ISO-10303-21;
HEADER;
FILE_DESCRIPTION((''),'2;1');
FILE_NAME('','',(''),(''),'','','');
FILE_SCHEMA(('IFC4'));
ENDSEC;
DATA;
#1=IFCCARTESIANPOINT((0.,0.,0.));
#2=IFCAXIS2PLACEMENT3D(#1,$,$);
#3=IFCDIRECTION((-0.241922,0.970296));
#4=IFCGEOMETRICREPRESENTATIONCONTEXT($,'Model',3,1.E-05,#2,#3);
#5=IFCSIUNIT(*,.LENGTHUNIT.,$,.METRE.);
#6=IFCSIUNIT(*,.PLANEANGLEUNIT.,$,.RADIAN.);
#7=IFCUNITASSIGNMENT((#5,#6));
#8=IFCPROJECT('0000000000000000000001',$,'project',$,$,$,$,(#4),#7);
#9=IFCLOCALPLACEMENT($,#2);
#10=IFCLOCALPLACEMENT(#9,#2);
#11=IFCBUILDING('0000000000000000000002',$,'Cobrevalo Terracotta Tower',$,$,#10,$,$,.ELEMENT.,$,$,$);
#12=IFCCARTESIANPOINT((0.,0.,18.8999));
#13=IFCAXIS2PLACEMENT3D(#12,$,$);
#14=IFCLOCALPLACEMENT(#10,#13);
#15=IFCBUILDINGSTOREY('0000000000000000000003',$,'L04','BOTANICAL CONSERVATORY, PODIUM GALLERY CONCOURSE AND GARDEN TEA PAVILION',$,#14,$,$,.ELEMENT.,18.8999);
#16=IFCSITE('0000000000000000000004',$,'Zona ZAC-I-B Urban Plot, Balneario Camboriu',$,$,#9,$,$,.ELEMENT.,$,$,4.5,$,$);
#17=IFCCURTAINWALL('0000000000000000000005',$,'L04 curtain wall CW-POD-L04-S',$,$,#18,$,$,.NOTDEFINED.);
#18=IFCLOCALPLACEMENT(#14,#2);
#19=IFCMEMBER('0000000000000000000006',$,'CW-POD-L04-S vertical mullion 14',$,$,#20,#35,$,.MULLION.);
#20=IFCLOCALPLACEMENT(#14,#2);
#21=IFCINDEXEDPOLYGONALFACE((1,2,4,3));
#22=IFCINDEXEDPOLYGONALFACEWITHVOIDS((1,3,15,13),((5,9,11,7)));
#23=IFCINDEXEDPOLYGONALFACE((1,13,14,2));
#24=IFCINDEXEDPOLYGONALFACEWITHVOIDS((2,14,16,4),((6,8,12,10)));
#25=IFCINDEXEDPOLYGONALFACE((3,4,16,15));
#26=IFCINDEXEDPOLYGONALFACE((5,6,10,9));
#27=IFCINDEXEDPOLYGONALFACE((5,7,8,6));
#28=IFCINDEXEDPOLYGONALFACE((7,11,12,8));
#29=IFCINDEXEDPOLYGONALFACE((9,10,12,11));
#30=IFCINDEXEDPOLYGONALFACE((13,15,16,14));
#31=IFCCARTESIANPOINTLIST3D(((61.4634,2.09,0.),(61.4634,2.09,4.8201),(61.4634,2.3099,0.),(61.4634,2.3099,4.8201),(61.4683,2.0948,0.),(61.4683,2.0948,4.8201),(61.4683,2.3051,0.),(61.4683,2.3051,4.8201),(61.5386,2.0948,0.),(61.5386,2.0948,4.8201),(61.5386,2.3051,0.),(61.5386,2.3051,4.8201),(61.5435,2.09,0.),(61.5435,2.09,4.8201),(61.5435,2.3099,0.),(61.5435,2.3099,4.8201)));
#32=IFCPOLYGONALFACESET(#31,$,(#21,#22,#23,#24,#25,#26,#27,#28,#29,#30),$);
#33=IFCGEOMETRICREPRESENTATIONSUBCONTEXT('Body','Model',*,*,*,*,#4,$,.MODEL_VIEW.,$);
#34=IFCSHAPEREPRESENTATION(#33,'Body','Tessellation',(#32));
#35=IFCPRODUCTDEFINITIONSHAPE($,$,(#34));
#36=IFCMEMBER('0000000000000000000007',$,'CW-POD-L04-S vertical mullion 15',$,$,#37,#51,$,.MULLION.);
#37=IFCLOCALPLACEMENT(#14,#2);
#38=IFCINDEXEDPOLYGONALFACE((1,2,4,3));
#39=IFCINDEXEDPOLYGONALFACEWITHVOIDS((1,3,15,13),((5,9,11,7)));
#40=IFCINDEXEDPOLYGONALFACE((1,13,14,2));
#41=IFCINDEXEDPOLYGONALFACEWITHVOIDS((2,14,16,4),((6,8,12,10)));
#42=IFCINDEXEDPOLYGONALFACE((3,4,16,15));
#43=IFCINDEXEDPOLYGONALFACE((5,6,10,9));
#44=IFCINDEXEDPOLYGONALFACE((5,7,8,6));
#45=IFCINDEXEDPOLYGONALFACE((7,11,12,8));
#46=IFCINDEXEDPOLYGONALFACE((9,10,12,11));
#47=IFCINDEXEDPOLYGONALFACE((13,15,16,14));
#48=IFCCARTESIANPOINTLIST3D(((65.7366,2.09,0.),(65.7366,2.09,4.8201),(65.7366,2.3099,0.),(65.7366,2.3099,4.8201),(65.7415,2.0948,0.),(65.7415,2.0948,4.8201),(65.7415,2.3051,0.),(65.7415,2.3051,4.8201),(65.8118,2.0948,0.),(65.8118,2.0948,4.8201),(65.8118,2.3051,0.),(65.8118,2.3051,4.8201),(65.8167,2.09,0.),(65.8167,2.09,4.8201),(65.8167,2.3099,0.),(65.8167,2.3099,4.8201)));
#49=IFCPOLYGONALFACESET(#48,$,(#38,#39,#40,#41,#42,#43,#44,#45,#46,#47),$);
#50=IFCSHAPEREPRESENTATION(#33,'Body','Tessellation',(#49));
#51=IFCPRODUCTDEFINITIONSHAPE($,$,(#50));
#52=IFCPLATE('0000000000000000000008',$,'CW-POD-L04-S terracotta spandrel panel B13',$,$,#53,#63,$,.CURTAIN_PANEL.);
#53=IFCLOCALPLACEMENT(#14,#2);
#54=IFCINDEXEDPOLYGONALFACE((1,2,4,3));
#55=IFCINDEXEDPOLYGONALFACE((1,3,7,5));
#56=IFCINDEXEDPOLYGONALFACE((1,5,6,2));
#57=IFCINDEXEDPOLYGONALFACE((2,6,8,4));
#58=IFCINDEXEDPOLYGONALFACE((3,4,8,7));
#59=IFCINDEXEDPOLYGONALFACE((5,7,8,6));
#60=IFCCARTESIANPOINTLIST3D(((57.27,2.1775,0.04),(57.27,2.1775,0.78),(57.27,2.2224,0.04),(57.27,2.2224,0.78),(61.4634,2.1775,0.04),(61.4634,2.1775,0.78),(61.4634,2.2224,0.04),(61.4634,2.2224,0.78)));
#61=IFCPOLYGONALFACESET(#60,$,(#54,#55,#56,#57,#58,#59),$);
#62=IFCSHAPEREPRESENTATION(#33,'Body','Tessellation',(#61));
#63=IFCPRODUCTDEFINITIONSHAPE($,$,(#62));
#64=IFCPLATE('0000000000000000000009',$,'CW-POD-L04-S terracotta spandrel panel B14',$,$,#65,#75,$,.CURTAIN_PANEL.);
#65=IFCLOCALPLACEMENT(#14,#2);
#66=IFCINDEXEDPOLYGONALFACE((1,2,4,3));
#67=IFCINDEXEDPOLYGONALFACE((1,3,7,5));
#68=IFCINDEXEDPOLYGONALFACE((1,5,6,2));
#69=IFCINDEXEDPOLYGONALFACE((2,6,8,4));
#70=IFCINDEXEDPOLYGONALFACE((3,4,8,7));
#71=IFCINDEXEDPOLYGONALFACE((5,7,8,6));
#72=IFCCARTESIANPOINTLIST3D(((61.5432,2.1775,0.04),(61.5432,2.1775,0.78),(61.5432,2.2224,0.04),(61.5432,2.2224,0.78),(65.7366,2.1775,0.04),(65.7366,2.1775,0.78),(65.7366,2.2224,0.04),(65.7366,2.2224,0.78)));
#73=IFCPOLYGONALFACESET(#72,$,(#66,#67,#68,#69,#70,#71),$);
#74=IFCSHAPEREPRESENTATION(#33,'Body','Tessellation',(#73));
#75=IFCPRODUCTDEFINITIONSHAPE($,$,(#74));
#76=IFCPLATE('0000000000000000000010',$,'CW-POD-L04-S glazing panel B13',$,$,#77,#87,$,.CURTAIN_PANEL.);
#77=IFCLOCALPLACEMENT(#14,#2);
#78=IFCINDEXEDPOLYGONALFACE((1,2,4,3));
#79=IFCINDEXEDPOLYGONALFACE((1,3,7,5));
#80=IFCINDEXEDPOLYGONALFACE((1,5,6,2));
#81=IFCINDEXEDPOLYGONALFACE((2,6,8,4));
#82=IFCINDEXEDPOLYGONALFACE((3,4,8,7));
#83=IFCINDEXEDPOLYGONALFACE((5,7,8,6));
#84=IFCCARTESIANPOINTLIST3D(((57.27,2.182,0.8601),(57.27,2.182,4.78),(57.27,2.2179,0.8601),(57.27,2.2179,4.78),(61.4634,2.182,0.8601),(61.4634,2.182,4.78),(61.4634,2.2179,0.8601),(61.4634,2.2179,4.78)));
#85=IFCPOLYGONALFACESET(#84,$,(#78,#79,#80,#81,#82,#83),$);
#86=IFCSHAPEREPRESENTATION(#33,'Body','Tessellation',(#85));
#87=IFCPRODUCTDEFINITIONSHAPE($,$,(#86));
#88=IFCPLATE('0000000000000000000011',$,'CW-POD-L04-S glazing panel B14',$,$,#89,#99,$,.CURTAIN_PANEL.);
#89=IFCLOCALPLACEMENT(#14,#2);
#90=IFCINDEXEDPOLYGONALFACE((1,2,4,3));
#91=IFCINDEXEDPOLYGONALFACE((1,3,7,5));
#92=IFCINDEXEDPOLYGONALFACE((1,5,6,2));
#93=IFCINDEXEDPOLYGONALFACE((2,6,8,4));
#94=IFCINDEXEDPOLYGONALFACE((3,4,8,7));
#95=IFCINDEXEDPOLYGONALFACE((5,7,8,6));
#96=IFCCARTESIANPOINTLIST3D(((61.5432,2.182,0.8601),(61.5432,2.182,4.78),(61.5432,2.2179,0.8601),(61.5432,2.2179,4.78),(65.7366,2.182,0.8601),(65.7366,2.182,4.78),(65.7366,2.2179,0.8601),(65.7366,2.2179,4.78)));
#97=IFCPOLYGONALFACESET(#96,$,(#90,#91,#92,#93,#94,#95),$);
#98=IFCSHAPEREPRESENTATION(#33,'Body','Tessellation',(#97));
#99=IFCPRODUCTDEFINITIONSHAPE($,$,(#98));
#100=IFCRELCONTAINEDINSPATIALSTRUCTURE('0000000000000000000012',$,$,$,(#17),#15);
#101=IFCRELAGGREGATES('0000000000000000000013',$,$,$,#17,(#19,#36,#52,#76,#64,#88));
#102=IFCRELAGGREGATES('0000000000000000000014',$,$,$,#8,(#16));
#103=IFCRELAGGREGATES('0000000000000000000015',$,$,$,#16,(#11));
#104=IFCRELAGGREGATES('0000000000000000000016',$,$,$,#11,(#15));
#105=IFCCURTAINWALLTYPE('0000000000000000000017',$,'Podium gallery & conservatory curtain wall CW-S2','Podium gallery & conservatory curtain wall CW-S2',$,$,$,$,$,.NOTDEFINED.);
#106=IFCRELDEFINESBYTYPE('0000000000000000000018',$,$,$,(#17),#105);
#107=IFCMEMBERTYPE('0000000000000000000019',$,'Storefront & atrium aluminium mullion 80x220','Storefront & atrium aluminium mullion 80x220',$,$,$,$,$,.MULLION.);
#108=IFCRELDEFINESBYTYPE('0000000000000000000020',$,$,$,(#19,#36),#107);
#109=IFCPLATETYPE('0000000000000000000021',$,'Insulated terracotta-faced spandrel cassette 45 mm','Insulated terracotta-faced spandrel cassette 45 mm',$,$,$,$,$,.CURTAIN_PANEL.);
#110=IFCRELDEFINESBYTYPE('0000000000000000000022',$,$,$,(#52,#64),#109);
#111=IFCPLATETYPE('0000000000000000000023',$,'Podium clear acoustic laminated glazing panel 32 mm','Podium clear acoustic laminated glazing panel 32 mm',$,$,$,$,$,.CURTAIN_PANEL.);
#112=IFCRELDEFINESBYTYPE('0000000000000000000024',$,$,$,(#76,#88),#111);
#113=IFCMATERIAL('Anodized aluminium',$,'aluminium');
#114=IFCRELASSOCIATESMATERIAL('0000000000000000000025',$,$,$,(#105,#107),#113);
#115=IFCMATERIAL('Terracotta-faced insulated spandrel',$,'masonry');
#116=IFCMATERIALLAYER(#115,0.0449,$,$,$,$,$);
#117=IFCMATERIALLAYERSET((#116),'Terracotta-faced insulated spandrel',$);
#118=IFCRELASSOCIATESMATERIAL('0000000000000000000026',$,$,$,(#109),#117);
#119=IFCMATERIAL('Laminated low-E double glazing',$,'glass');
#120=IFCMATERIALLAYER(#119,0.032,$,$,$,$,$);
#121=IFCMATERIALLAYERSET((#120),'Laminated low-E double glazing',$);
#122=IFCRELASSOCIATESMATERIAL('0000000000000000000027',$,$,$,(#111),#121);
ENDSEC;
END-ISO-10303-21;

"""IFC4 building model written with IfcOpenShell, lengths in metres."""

from ifc_helpers import new_model, si_unit, direction, frame, origin, origin_2d, place, context, subcontext, project, spatial, rectangle, hollow_rectangle, extrude, source, transform, mapped, material, layer, layer_set, material_profile, profile_set, type_object, element, aggregate, save


model = new_model("IFC4")

# Units and contexts
model_context = context("Model", 3, precision=1e-05, world=origin(), true_north=direction((-0.241922, 0.970296)))
body_context = subcontext(model_context, "Body", "Model", "MODEL_VIEW")
ifc_project = project(units=[si_unit("LENGTHUNIT", "METRE"), si_unit("PLANEANGLEUNIT", "RADIAN")], contexts=[model_context])

# Site, building, storey
site_placement = place(None, origin())
site = spatial("IfcSite", under=ifc_project, at=site_placement, Name="Zona ZAC-I-B Urban Plot, Balneario Camboriu", CompositionType="ELEMENT", RefElevation=4.5)
building_placement = place(site_placement, origin())
building = spatial("IfcBuilding", under=site, at=building_placement, Name="Cobrevalo Terracotta Tower", CompositionType="ELEMENT")
storey_placement = place(building_placement, frame((0.0, 0.0, 18.8999)))
storey = spatial("IfcBuildingStorey", under=building, at=storey_placement, Name="L04", Description="BOTANICAL CONSERVATORY, PODIUM GALLERY CONCOURSE AND GARDEN TEA PAVILION", CompositionType="ELEMENT", Elevation=18.8999)

# Curtain wall, members, plates
ifc_material_1 = material(Name="Anodized aluminium", Category="aluminium")
curtain_wall_type = type_object("IfcCurtainWallType", Name="Podium gallery & conservatory curtain wall CW-S2", Description="Podium gallery & conservatory curtain wall CW-S2", PredefinedType="NOTDEFINED", material=ifc_material_1)
curtain_wall_placement = place(storey_placement, origin())
curtain_wall = element("IfcCurtainWall", 1, at=curtain_wall_placement, inside=storey, type_object=curtain_wall_type, Name="L04 curtain wall CW-POD-L04-S", PredefinedType="NOTDEFINED")
ifc_material_profile_1 = material_profile(ifc_material_1, hollow_rectangle(XDim=0.0801, YDim=0.22, WallThickness=0.0049, at=origin_2d()), Name="CWM 80x220")
ifc_profile_set_1 = profile_set([ifc_material_profile_1], Name="Anodized aluminium")
member_type_1 = type_object("IfcMemberType", Name="Storefront & atrium aluminium mullion 80x220", Description="Storefront & atrium aluminium mullion 80x220", PredefinedType="MULLION", material=ifc_profile_set_1)
shared_shape_1 = source(origin(), body_context, "Body", "SweptSolid", [
    extrude(hollow_rectangle(XDim=0.0801, YDim=0.22, WallThickness=0.0049, at=origin_2d()), origin(), (0.0, 0.0, 1.0), 4.8201),
])
member_1_placement = place(storey_placement, frame((61.5034, 2.2, 0.0), z_axis=(0.0, 0.0, 1.0), x_axis=(1.0, 0.0, 0.0)))
member_1 = element("IfcMember", 2, at=member_1_placement, type_object=member_type_1, Name="CW-POD-L04-S vertical mullion 14", PredefinedType="MULLION", context=body_context, shape_type="MappedRepresentation", body=[
    mapped(shared_shape_1, transform((0.0, 0.0, 0.0), scale=1.0)),
])
member_2_placement = place(storey_placement, frame((65.7766, 2.2, 0.0), z_axis=(0.0, 0.0, 1.0), x_axis=(1.0, 0.0, 0.0)))
member_2 = element("IfcMember", 3, at=member_2_placement, type_object=member_type_1, Name="CW-POD-L04-S vertical mullion 15", PredefinedType="MULLION", context=body_context, shape_type="MappedRepresentation", body=[
    mapped(shared_shape_1, transform((0.0, 0.0, 0.0), scale=1.0)),
])
ifc_material_2 = material(Name="Terracotta-faced insulated spandrel", Category="masonry")
ifc_layer_1 = layer(ifc_material_2, 0.0449)
ifc_layer_set_1 = layer_set([ifc_layer_1], Name="Terracotta-faced insulated spandrel")
plate_type_1 = type_object("IfcPlateType", Name="Insulated terracotta-faced spandrel cassette 45 mm", Description="Insulated terracotta-faced spandrel cassette 45 mm", PredefinedType="CURTAIN_PANEL", material=ifc_layer_set_1)
shared_shape_2 = source(origin(), body_context, "Body", "SweptSolid", [
    extrude(rectangle(XDim=4.1934, YDim=0.0449, at=origin_2d()), origin(), (0.0, 0.0, 1.0), 0.74),
])
plate_1_placement = place(storey_placement, frame((59.3667, 2.2, 0.04), z_axis=(0.0, 0.0, 1.0), x_axis=(1.0, 0.0, 0.0)))
plate_1 = element("IfcPlate", 4, at=plate_1_placement, type_object=plate_type_1, Name="CW-POD-L04-S terracotta spandrel panel B13", PredefinedType="CURTAIN_PANEL", context=body_context, shape_type="MappedRepresentation", body=[
    mapped(shared_shape_2, transform((0.0, 0.0, 0.0), scale=1.0)),
])
plate_2_placement = place(storey_placement, frame((63.6399, 2.2, 0.04), z_axis=(0.0, 0.0, 1.0), x_axis=(1.0, 0.0, 0.0)))
plate_2 = element("IfcPlate", 5, at=plate_2_placement, type_object=plate_type_1, Name="CW-POD-L04-S terracotta spandrel panel B14", PredefinedType="CURTAIN_PANEL", context=body_context, shape_type="MappedRepresentation", body=[
    mapped(shared_shape_2, transform((0.0, 0.0, 0.0), scale=1.0)),
])
ifc_material_3 = material(Name="Laminated low-E double glazing", Category="glass")
ifc_layer_2 = layer(ifc_material_3, 0.032)
ifc_layer_set_2 = layer_set([ifc_layer_2], Name="Laminated low-E double glazing")
plate_type_2 = type_object("IfcPlateType", Name="Podium clear acoustic laminated glazing panel 32 mm", Description="Podium clear acoustic laminated glazing panel 32 mm", PredefinedType="CURTAIN_PANEL", material=ifc_layer_set_2)
shared_shape_3 = source(origin(), body_context, "Body", "SweptSolid", [
    extrude(rectangle(XDim=4.1934, YDim=0.0359, at=origin_2d()), origin(), (0.0, 0.0, 1.0), 3.9199),
])
plate_3_placement = place(storey_placement, frame((59.3667, 2.2, 0.8601), z_axis=(0.0, 0.0, 1.0), x_axis=(1.0, 0.0, 0.0)))
plate_3 = element("IfcPlate", 6, at=plate_3_placement, type_object=plate_type_2, Name="CW-POD-L04-S glazing panel B13", PredefinedType="CURTAIN_PANEL", context=body_context, shape_type="MappedRepresentation", body=[
    mapped(shared_shape_3, transform((0.0, 0.0, 0.0), scale=1.0)),
])
plate_4_placement = place(storey_placement, frame((63.6399, 2.2, 0.8601), z_axis=(0.0, 0.0, 1.0), x_axis=(1.0, 0.0, 0.0)))
plate_4 = element("IfcPlate", 7, at=plate_4_placement, type_object=plate_type_2, Name="CW-POD-L04-S glazing panel B14", PredefinedType="CURTAIN_PANEL", context=body_context, shape_type="MappedRepresentation", body=[
    mapped(shared_shape_3, transform((0.0, 0.0, 0.0), scale=1.0)),
])
aggregate(curtain_wall, [member_1, member_2, plate_1, plate_3, plate_2, plate_4])

save(model, "model.ifc")
